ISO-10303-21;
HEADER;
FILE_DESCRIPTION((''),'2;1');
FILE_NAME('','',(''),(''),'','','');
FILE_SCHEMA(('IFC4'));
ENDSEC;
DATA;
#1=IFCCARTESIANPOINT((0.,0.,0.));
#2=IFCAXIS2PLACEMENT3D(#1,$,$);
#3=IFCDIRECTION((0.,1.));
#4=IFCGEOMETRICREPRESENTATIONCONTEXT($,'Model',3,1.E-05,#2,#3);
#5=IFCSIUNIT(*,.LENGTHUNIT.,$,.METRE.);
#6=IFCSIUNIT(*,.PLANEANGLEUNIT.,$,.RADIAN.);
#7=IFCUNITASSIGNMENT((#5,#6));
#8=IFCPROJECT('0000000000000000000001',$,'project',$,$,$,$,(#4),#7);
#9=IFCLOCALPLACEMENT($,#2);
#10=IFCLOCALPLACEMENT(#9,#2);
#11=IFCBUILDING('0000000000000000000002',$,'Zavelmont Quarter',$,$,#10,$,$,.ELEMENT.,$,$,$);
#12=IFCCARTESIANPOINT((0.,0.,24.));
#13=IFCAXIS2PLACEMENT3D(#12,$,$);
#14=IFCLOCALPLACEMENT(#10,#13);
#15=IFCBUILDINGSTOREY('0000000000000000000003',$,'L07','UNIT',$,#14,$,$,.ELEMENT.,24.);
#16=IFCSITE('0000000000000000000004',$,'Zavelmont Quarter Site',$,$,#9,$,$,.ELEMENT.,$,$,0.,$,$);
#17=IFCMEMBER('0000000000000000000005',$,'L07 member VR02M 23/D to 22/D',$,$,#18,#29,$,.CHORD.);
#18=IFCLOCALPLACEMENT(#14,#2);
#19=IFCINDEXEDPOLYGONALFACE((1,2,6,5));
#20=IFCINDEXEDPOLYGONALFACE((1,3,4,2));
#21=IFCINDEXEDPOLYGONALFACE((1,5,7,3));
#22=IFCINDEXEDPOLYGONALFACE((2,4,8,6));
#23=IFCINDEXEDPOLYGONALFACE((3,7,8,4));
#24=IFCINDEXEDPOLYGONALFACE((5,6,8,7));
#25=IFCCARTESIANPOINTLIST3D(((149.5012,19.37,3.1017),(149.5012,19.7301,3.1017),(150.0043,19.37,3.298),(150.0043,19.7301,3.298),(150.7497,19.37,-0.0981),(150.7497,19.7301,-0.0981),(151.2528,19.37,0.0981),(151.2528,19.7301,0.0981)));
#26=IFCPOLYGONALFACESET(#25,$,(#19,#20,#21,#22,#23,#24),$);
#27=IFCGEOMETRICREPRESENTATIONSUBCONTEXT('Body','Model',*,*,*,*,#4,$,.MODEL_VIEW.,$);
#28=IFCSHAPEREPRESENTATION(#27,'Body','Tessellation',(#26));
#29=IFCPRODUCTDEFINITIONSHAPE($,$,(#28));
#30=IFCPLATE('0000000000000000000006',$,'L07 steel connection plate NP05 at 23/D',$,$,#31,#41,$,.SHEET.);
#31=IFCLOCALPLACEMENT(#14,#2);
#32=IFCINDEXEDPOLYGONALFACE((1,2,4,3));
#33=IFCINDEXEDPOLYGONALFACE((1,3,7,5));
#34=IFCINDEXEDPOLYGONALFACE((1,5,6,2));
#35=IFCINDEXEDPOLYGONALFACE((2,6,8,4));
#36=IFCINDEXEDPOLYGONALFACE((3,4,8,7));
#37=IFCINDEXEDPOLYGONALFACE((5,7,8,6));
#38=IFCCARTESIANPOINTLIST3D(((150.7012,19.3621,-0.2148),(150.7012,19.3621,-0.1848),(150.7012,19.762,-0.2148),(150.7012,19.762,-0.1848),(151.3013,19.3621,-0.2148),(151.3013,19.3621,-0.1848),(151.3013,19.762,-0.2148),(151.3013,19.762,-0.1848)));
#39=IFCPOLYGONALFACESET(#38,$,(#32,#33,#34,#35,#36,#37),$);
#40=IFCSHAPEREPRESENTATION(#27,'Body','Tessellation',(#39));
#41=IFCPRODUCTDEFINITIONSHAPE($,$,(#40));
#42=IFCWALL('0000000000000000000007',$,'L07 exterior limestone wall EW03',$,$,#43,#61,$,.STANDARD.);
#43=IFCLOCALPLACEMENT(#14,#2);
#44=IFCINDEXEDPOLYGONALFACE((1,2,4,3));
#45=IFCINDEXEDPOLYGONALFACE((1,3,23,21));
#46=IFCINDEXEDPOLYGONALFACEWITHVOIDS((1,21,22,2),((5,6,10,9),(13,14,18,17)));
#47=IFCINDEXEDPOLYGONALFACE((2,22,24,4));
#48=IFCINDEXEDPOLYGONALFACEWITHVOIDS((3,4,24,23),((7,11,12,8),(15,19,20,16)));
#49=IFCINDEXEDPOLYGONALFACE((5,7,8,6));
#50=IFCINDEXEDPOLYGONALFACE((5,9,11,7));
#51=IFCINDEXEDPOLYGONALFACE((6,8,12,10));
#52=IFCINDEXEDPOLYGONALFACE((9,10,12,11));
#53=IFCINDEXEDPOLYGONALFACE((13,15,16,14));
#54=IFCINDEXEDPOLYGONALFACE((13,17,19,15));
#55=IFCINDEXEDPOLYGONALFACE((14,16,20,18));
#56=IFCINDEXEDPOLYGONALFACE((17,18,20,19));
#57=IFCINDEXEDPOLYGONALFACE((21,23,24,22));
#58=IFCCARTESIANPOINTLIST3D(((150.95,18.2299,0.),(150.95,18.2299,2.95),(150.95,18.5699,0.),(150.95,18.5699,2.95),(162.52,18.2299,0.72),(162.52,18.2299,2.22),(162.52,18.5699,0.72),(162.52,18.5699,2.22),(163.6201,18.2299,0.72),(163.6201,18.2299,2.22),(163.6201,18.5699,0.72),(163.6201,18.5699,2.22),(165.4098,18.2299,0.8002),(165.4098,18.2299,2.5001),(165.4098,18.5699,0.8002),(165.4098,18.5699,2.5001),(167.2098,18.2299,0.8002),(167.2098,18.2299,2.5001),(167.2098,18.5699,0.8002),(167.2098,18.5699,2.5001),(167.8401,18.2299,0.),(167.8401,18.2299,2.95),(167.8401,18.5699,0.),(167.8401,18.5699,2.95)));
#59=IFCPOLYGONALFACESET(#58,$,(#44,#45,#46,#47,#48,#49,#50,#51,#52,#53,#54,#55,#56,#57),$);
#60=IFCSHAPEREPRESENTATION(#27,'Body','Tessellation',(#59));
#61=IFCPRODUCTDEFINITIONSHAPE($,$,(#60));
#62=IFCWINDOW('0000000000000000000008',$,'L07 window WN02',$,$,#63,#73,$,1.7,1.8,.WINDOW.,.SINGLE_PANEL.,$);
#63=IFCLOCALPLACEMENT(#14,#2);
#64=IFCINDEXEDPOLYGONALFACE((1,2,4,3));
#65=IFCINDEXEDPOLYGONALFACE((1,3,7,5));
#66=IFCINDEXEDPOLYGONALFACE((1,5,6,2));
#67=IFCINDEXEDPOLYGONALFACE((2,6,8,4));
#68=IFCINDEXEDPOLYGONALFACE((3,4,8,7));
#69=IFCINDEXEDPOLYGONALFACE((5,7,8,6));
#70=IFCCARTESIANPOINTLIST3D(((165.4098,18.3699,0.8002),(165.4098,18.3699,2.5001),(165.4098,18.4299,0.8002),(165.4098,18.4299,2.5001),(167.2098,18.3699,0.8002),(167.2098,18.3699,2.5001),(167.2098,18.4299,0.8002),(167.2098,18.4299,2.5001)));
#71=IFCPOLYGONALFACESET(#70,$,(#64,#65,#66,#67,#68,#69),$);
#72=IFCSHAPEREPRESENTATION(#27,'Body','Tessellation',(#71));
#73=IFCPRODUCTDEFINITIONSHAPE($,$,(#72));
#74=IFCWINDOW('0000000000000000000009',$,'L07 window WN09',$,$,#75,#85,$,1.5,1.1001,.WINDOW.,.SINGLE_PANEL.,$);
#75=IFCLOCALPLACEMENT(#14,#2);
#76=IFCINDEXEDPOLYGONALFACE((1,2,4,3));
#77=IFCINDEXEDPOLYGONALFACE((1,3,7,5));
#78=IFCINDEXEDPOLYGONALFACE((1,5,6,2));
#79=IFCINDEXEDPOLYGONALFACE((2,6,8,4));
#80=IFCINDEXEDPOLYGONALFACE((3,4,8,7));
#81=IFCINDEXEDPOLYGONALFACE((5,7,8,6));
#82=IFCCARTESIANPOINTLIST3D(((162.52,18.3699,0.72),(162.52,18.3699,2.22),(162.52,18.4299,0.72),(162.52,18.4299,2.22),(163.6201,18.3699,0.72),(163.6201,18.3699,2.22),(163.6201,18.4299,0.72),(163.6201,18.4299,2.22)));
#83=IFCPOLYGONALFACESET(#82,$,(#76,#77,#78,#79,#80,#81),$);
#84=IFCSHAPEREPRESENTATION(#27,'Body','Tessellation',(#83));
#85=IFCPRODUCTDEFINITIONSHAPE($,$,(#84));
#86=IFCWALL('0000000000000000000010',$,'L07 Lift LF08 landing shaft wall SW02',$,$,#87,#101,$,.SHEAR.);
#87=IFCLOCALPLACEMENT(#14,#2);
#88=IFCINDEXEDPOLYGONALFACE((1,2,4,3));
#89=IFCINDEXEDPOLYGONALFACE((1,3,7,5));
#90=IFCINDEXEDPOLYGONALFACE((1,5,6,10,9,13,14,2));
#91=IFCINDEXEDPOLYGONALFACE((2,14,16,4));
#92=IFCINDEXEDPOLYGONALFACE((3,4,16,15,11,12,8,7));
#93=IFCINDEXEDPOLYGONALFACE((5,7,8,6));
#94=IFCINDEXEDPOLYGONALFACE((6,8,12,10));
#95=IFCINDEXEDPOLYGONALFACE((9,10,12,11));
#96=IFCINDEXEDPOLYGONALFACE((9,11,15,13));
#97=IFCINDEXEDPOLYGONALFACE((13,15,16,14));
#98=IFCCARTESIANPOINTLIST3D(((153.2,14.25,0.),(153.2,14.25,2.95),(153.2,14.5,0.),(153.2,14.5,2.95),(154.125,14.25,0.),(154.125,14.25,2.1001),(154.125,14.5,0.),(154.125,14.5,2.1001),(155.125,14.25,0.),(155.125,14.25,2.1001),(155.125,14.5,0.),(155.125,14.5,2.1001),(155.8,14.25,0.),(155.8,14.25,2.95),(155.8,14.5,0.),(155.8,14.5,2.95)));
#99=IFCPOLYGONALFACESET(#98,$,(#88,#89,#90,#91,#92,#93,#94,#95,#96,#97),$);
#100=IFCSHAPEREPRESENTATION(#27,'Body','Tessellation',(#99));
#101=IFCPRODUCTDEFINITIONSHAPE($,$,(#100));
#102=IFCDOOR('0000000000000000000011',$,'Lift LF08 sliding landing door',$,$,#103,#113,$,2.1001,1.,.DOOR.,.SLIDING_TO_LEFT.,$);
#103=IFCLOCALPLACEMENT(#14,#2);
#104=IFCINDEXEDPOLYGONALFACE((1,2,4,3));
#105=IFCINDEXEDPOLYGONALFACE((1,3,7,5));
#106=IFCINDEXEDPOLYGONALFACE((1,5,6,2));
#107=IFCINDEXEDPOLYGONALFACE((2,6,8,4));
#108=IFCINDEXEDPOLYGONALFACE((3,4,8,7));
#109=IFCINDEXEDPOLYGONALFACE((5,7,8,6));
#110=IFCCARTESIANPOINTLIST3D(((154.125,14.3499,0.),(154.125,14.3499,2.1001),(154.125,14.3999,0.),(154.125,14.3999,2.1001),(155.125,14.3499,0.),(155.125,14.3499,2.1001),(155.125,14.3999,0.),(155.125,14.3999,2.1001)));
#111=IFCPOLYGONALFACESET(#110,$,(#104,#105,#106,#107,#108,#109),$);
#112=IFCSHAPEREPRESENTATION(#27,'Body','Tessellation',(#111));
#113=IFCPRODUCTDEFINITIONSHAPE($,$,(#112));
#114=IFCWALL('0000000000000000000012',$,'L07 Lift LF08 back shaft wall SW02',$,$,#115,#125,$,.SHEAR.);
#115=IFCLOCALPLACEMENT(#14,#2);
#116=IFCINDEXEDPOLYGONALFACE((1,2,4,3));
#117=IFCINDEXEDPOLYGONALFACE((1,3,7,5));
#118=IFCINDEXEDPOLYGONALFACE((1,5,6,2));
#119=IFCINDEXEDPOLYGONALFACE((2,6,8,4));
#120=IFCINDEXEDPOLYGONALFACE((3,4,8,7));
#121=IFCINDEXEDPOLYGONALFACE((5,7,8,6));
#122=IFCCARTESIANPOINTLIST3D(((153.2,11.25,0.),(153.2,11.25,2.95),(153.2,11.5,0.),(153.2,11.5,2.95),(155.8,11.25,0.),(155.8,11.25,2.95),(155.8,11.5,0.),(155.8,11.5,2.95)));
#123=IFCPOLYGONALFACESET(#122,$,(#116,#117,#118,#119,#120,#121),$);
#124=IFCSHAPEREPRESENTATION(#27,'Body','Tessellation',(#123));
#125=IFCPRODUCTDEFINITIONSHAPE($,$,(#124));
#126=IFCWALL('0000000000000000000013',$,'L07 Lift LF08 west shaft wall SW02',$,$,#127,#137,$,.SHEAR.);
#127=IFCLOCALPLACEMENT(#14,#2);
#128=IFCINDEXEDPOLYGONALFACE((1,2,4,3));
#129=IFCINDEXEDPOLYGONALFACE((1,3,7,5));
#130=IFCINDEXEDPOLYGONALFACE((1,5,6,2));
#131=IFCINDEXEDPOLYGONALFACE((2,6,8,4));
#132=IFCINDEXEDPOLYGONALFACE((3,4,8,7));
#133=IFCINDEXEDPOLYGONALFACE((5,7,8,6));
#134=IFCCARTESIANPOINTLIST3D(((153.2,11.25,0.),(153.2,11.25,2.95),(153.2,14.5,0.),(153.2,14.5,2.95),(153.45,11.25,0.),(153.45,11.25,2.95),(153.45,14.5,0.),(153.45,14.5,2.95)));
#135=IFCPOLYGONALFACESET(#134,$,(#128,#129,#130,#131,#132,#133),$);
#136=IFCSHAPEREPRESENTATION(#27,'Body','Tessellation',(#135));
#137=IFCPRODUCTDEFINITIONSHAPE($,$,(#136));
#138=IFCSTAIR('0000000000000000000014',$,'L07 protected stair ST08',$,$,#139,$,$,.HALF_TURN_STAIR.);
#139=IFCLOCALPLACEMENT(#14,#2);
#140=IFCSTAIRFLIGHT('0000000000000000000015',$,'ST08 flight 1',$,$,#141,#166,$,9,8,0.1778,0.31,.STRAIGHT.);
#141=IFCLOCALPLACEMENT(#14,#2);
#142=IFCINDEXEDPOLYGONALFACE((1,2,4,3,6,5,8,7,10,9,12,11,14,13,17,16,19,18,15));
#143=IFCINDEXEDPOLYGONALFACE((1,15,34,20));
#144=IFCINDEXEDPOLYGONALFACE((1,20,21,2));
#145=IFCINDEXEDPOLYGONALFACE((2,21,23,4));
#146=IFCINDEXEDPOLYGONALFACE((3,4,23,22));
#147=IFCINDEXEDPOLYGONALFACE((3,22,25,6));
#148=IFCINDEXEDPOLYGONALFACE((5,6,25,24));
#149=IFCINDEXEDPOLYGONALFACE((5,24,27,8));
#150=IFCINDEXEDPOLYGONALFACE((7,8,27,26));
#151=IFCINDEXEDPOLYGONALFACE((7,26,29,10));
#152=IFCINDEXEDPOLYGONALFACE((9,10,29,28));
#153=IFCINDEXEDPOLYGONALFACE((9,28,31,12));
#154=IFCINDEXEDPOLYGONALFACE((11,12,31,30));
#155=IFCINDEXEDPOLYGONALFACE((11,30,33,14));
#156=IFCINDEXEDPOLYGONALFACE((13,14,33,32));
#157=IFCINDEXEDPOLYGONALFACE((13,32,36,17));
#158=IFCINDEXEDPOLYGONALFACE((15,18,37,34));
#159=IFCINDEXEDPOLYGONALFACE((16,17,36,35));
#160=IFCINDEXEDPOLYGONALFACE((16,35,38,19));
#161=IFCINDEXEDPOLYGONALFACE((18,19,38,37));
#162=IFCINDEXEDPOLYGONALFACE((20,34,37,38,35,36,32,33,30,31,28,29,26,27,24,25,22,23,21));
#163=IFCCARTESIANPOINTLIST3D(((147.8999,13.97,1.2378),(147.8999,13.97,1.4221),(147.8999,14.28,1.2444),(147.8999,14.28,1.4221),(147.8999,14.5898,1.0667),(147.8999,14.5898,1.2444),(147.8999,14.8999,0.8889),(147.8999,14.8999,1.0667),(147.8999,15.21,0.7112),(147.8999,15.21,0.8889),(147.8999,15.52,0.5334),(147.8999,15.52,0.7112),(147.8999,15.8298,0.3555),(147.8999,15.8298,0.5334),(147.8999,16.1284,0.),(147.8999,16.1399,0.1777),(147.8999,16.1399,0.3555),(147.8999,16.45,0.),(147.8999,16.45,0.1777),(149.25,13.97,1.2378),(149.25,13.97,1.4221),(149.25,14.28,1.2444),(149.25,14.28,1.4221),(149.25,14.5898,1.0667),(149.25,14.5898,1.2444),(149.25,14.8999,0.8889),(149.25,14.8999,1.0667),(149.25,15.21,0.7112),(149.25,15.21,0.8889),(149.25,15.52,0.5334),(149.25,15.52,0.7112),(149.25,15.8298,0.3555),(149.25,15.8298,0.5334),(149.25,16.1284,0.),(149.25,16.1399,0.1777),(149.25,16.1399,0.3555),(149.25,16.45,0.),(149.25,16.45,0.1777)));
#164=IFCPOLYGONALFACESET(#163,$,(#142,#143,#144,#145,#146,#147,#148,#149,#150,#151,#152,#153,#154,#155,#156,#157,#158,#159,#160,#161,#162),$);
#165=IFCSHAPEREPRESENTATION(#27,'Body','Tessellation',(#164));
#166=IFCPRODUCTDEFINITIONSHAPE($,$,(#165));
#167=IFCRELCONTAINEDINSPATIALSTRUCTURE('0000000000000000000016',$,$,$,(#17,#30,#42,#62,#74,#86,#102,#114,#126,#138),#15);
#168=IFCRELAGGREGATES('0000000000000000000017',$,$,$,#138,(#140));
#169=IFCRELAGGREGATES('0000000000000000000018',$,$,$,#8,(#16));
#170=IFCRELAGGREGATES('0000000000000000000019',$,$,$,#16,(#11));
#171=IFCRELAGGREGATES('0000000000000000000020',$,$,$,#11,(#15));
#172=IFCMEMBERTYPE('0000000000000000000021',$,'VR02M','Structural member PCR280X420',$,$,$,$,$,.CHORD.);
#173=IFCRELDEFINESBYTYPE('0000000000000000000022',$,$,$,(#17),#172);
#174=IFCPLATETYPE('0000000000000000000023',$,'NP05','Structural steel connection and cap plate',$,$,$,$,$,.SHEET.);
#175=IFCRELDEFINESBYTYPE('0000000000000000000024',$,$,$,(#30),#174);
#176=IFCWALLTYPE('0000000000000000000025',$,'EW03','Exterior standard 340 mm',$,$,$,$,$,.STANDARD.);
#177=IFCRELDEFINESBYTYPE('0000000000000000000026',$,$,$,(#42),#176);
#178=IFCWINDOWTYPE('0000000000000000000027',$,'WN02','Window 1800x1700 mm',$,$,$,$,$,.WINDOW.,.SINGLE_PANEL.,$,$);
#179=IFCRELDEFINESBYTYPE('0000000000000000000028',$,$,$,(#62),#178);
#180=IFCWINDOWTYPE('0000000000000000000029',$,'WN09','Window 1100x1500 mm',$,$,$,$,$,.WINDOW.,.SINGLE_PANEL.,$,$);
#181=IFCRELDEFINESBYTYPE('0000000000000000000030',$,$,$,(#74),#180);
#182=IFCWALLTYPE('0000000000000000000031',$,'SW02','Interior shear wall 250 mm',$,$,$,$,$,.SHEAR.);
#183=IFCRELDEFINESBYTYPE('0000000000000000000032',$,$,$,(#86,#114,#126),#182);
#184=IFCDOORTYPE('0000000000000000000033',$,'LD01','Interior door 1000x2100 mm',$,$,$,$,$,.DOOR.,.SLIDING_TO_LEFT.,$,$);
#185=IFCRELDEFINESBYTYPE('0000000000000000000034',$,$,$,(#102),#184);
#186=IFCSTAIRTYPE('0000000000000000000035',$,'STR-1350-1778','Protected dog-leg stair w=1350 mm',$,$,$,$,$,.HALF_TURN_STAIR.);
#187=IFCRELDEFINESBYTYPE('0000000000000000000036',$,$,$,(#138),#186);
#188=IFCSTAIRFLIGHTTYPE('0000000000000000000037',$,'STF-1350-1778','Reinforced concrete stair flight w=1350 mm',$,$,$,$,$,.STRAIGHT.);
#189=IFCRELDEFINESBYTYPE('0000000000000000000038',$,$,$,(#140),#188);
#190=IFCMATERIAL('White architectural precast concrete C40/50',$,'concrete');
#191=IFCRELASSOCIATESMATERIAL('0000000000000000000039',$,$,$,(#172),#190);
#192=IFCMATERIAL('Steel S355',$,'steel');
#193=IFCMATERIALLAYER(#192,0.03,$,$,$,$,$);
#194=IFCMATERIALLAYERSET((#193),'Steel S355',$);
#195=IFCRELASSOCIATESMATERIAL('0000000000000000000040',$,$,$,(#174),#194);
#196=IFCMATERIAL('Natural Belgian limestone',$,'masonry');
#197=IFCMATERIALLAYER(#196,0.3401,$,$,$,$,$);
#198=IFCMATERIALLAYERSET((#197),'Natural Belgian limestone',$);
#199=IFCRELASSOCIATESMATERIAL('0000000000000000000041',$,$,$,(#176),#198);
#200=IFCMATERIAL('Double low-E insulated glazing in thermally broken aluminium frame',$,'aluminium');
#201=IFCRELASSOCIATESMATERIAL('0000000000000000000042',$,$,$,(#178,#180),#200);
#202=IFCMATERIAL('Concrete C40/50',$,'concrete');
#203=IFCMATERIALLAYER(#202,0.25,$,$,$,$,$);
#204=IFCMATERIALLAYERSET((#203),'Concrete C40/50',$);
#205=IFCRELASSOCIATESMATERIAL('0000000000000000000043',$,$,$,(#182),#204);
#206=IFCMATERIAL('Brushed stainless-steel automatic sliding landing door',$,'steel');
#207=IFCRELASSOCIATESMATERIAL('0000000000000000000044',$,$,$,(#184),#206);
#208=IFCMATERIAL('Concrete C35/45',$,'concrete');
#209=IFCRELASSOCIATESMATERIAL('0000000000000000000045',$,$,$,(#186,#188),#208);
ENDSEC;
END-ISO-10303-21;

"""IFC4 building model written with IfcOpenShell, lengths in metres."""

from ifc_helpers import new_model, si_unit, direction, frame, frame_2d, origin, origin_with_axes, origin_2d, place, context, subcontext, project, spatial, polyline, rectangle, outline, extrude, material, layer, layer_set, material_profile, profile_set, type_object, element, fill, aggregate, save


model = new_model("IFC4")

# Units and contexts
model_context = context("Model", 3, precision=1e-05, world=origin(), true_north=direction((0.0, 1.0)))
body_context = subcontext(model_context, "Body", "Model", "MODEL_VIEW")
ifc_project = project(units=[si_unit("LENGTHUNIT", "METRE"), si_unit("PLANEANGLEUNIT", "RADIAN")], contexts=[model_context])

# Site, building, storey
site_placement = place(None, origin())
site = spatial("IfcSite", under=ifc_project, at=site_placement, Name="Zavelmont Quarter Site", CompositionType="ELEMENT", RefElevation=0.0)
building_placement = place(site_placement, origin())
building = spatial("IfcBuilding", under=site, at=building_placement, Name="Zavelmont Quarter", CompositionType="ELEMENT")
storey_placement = place(building_placement, frame((0.0, 0.0, 24.0)))
storey = spatial("IfcBuildingStorey", under=building, at=storey_placement, Name="L07", Description="UNIT", CompositionType="ELEMENT", Elevation=24.0)

# Member
ifc_material_1 = material(Name="White architectural precast concrete C40/50", Category="concrete")
ifc_material_profile = material_profile(ifc_material_1, rectangle(XDim=0.3601, YDim=0.54, at=origin_2d()), Name="PCR280X420")
ifc_profile_set = profile_set([ifc_material_profile], Name="White architectural precast concrete C40/50")
member_type = type_object("IfcMemberType", Name="VR02M", Description="Structural member PCR280X420", PredefinedType="CHORD", material=ifc_profile_set)
member_placement = place(storey_placement, frame((151.0012, 19.55, 0.0), z_axis=(-0.363485, 0.0, 0.9316), x_axis=(0.0, -1.0, 0.0)))
element("IfcMember", 1, at=member_placement, inside=storey, type_object=member_type, Name="L07 member VR02M 23/D to 22/D", PredefinedType="CHORD", context=body_context, shape_type="SweptSolid", body=[
    extrude(rectangle(XDim=0.3601, YDim=0.54, at=origin_2d()), origin(), (0.0, 0.0, 1.0), 3.4348),
])

# Plate
ifc_material_2 = material(Name="Steel S355", Category="steel")
ifc_layer_1 = layer(ifc_material_2, 0.03)
ifc_layer_set_1 = layer_set([ifc_layer_1], Name="Steel S355")
plate_type = type_object("IfcPlateType", Name="NP05", Description="Structural steel connection and cap plate", PredefinedType="SHEET", material=ifc_layer_set_1)
plate_placement = place(storey_placement, frame((151.0012, 19.562, -0.2148), z_axis=(0.0, 0.0, 1.0), x_axis=(1.0, 0.0, 0.0)))
element("IfcPlate", 2, at=plate_placement, inside=storey, type_object=plate_type, Name="L07 steel connection plate NP05 at 23/D", PredefinedType="SHEET", context=body_context, shape_type="SweptSolid", body=[
    extrude(rectangle(XDim=0.6001, YDim=0.3999, at=origin_2d()), origin(), (0.0, 0.0, 1.0), 0.03),
])

# Wall, openings, windows
ifc_material_3 = material(Name="Natural Belgian limestone", Category="masonry")
ifc_layer_2 = layer(ifc_material_3, 0.3401)
ifc_layer_set_2 = layer_set([ifc_layer_2], Name="Natural Belgian limestone")
wall_type_1 = type_object("IfcWallType", Name="EW03", Description="Exterior standard 340 mm", PredefinedType="STANDARD", material=ifc_layer_set_2)
wall_1_placement = place(storey_placement, frame((150.95, 18.3999, 0.0), z_axis=(0.0, 0.0, 1.0), x_axis=(1.0, 0.0, 0.0)))
wall_1 = element("IfcWall", 3, at=wall_1_placement, inside=storey, type_object=wall_type_1, Name="L07 exterior limestone wall EW03", PredefinedType="STANDARD", context=body_context, shape_type="SweptSolid", body=[
    extrude(rectangle(XDim=16.8901, YDim=0.3401, at=frame_2d((8.4451, 0.0))), origin(), (0.0, 0.0, 1.0), 2.95),
])
opening_1_placement = place(wall_1_placement, frame((11.5701, 0.0, 0.72)))
opening_1 = element("IfcOpeningElement", 4, at=opening_1_placement, cuts=wall_1, PredefinedType="OPENING", context=body_context, shape_type="SweptSolid", body=[
    extrude(rectangle(XDim=1.1001, YDim=1.5, at=frame_2d((0.55, 0.75))), frame((0.0, 0.1821, 0.0), z_axis=(0.0, -1.0, 0.0), x_axis=(1.0, 0.0, 0.0)), (0.0, 0.0, 1.0), 0.364),
])
opening_2_placement = place(wall_1_placement, frame((14.46, 0.0, 0.8)))
opening_2 = element("IfcOpeningElement", 5, at=opening_2_placement, cuts=wall_1, PredefinedType="OPENING", context=body_context, shape_type="SweptSolid", body=[
    extrude(rectangle(XDim=1.8, YDim=1.7, at=frame_2d((0.8999, 0.8501))), frame((0.0, 0.1821, 0.0), z_axis=(0.0, -1.0, 0.0), x_axis=(1.0, 0.0, 0.0)), (0.0, 0.0, 1.0), 0.364),
])
ifc_material_4 = material(Name="Double low-E insulated glazing in thermally broken aluminium frame", Category="aluminium")
window_type_1 = type_object("IfcWindowType", Name="WN02", Description="Window 1800x1700 mm", PartitioningType="SINGLE_PANEL", PredefinedType="WINDOW", material=ifc_material_4)
window_1_placement = place(opening_2_placement, origin_with_axes())
window_1 = element("IfcWindow", 6, at=window_1_placement, inside=storey, type_object=window_type_1, Name="L07 window WN02", OverallHeight=1.7, OverallWidth=1.8, PartitioningType="SINGLE_PANEL", PredefinedType="WINDOW", context=body_context, shape_type="SweptSolid", body=[
    extrude(rectangle(XDim=1.8, YDim=1.7, at=frame_2d((0.8999, 0.8501))), frame((0.0, 0.03, 0.0), z_axis=(0.0, -1.0, 0.0), x_axis=(1.0, 0.0, 0.0)), (0.0, 0.0, 1.0), 0.0601),
])
fill(opening_2, window_1)
window_type_2 = type_object("IfcWindowType", Name="WN09", Description="Window 1100x1500 mm", PartitioningType="SINGLE_PANEL", PredefinedType="WINDOW", material=ifc_material_4)
window_2_placement = place(opening_1_placement, origin_with_axes())
window_2 = element("IfcWindow", 7, at=window_2_placement, inside=storey, type_object=window_type_2, Name="L07 window WN09", OverallHeight=1.5, OverallWidth=1.1001, PartitioningType="SINGLE_PANEL", PredefinedType="WINDOW", context=body_context, shape_type="SweptSolid", body=[
    extrude(rectangle(XDim=1.1001, YDim=1.5, at=frame_2d((0.55, 0.75))), frame((0.0, 0.03, 0.0), z_axis=(0.0, -1.0, 0.0), x_axis=(1.0, 0.0, 0.0)), (0.0, 0.0, 1.0), 0.0601),
])
fill(opening_1, window_2)

# Wall, opening, door
ifc_material_5 = material(Name="Concrete C40/50", Category="concrete")
ifc_layer_3 = layer(ifc_material_5, 0.25)
ifc_layer_set_3 = layer_set([ifc_layer_3], Name="Concrete C40/50")
wall_type_2 = type_object("IfcWallType", Name="SW02", Description="Interior shear wall 250 mm", PredefinedType="SHEAR", material=ifc_layer_set_3)
wall_2_placement = place(storey_placement, frame((153.2, 14.375, 0.0), z_axis=(0.0, 0.0, 1.0), x_axis=(1.0, 0.0, 0.0)))
wall_2 = element("IfcWall", 8, at=wall_2_placement, inside=storey, type_object=wall_type_2, Name="L07 Lift LF08 landing shaft wall SW02", PredefinedType="SHEAR", context=body_context, shape_type="SweptSolid", body=[
    extrude(rectangle(XDim=2.6001, YDim=0.25, at=frame_2d((1.3, 0.0))), origin(), (0.0, 0.0, 1.0), 2.95),
])
opening_3_placement = place(wall_2_placement, frame((0.925, 0.0, 0.0)))
opening_3 = element("IfcOpeningElement", 9, at=opening_3_placement, cuts=wall_2, PredefinedType="OPENING", context=body_context, shape_type="SweptSolid", body=[
    extrude(rectangle(XDim=1.0, YDim=2.1001, at=frame_2d((0.5, 1.05))), frame((0.0, 0.137, 0.0), z_axis=(0.0, -1.0, 0.0), x_axis=(1.0, 0.0, 0.0)), (0.0, 0.0, 1.0), 0.2739),
])
ifc_material_6 = material(Name="Brushed stainless-steel automatic sliding landing door", Category="steel")
door_type_1 = type_object("IfcDoorType", Name="LD01", Description="Interior door 1000x2100 mm", OperationType="SLIDING_TO_LEFT", PredefinedType="DOOR", material=ifc_material_6)
door_1_placement = place(opening_3_placement, origin_with_axes())
door_1 = element("IfcDoor", 10, at=door_1_placement, inside=storey, type_object=door_type_1, Name="Lift LF08 sliding landing door", OperationType="SLIDING_TO_LEFT", OverallHeight=2.1001, OverallWidth=1.0, PredefinedType="DOOR", context=body_context, shape_type="SweptSolid", body=[
    extrude(rectangle(XDim=1.0, YDim=2.1001, at=frame_2d((0.5, 1.05))), frame((0.0, 0.0249, 0.0), z_axis=(0.0, -1.0, 0.0), x_axis=(1.0, 0.0, 0.0)), (0.0, 0.0, 1.0), 0.05),
])
fill(opening_3, door_1)

# Walls
wall_3_placement = place(storey_placement, frame((153.2, 11.375, 0.0), z_axis=(0.0, 0.0, 1.0), x_axis=(1.0, 0.0, 0.0)))
element("IfcWall", 11, at=wall_3_placement, inside=storey, type_object=wall_type_2, Name="L07 Lift LF08 back shaft wall SW02", PredefinedType="SHEAR", context=body_context, shape_type="SweptSolid", body=[
    extrude(rectangle(XDim=2.6001, YDim=0.25, at=frame_2d((1.3, 0.0))), origin(), (0.0, 0.0, 1.0), 2.95),
])
wall_4_placement = place(storey_placement, frame((153.325, 11.25, 0.0), z_axis=(0.0, 0.0, 1.0), x_axis=(0.0, 1.0, 0.0)))
element("IfcWall", 12, at=wall_4_placement, inside=storey, type_object=wall_type_2, Name="L07 Lift LF08 west shaft wall SW02", PredefinedType="SHEAR", context=body_context, shape_type="SweptSolid", body=[
    extrude(rectangle(XDim=3.25, YDim=0.25, at=frame_2d((1.625, 0.0))), origin(), (0.0, 0.0, 1.0), 2.95),
])

# Stair, stair flight
ifc_material_7 = material(Name="Concrete C35/45", Category="concrete")
stair_type = type_object("IfcStairType", Name="STR-1350-1778", Description="Protected dog-leg stair w=1350 mm", PredefinedType="HALF_TURN_STAIR", material=ifc_material_7)
stair_placement = place(storey_placement, origin())
stair = element("IfcStair", 13, at=stair_placement, inside=storey, type_object=stair_type, Name="L07 protected stair ST08", PredefinedType="HALF_TURN_STAIR")
stair_flight_type = type_object("IfcStairFlightType", Name="STF-1350-1778", Description="Reinforced concrete stair flight w=1350 mm", PredefinedType="STRAIGHT", material=ifc_material_7)
stair_flight_1_placement = place(storey_placement, frame((148.575, 16.45, 0.0), z_axis=(0.0, 0.0, 1.0), x_axis=(0.0, -1.0, 0.0)))
stair_flight_1 = element("IfcStairFlight", 14, at=stair_flight_1_placement, type_object=stair_flight_type, Name="ST08 flight 1", NumberOfRisers=9, NumberOfTreads=8, PredefinedType="STRAIGHT", RiserHeight=0.1778, TreadLength=0.31, context=body_context, shape_type="SweptSolid", body=[
    extrude(outline(polyline([(0.0, 0.0), (0.0, 0.1777), (0.3101, 0.1777), (0.3101, 0.3555), (0.6201, 0.3555), (0.6201, 0.5334), (0.9299, 0.5334), (0.9299, 0.7112), (1.24, 0.7112), (1.24, 0.8889), (1.55, 0.8889), (1.55, 1.0667), (1.8601, 1.0667), (1.8601, 1.2444), (2.1699, 1.2444), (2.1699, 1.4221), (2.48, 1.4221), (2.48, 1.6001), (2.48, 1.2378), (0.3215, 0.0), (0.0, 0.0)])), frame((0.0, 0.675, 0.0), z_axis=(0.0, -1.0, 0.0), x_axis=(1.0, 0.0, 0.0)), (0.0, 0.0, 1.0), 1.3501),
])
aggregate(stair, [stair_flight_1])

save(model, "model.ifc")
